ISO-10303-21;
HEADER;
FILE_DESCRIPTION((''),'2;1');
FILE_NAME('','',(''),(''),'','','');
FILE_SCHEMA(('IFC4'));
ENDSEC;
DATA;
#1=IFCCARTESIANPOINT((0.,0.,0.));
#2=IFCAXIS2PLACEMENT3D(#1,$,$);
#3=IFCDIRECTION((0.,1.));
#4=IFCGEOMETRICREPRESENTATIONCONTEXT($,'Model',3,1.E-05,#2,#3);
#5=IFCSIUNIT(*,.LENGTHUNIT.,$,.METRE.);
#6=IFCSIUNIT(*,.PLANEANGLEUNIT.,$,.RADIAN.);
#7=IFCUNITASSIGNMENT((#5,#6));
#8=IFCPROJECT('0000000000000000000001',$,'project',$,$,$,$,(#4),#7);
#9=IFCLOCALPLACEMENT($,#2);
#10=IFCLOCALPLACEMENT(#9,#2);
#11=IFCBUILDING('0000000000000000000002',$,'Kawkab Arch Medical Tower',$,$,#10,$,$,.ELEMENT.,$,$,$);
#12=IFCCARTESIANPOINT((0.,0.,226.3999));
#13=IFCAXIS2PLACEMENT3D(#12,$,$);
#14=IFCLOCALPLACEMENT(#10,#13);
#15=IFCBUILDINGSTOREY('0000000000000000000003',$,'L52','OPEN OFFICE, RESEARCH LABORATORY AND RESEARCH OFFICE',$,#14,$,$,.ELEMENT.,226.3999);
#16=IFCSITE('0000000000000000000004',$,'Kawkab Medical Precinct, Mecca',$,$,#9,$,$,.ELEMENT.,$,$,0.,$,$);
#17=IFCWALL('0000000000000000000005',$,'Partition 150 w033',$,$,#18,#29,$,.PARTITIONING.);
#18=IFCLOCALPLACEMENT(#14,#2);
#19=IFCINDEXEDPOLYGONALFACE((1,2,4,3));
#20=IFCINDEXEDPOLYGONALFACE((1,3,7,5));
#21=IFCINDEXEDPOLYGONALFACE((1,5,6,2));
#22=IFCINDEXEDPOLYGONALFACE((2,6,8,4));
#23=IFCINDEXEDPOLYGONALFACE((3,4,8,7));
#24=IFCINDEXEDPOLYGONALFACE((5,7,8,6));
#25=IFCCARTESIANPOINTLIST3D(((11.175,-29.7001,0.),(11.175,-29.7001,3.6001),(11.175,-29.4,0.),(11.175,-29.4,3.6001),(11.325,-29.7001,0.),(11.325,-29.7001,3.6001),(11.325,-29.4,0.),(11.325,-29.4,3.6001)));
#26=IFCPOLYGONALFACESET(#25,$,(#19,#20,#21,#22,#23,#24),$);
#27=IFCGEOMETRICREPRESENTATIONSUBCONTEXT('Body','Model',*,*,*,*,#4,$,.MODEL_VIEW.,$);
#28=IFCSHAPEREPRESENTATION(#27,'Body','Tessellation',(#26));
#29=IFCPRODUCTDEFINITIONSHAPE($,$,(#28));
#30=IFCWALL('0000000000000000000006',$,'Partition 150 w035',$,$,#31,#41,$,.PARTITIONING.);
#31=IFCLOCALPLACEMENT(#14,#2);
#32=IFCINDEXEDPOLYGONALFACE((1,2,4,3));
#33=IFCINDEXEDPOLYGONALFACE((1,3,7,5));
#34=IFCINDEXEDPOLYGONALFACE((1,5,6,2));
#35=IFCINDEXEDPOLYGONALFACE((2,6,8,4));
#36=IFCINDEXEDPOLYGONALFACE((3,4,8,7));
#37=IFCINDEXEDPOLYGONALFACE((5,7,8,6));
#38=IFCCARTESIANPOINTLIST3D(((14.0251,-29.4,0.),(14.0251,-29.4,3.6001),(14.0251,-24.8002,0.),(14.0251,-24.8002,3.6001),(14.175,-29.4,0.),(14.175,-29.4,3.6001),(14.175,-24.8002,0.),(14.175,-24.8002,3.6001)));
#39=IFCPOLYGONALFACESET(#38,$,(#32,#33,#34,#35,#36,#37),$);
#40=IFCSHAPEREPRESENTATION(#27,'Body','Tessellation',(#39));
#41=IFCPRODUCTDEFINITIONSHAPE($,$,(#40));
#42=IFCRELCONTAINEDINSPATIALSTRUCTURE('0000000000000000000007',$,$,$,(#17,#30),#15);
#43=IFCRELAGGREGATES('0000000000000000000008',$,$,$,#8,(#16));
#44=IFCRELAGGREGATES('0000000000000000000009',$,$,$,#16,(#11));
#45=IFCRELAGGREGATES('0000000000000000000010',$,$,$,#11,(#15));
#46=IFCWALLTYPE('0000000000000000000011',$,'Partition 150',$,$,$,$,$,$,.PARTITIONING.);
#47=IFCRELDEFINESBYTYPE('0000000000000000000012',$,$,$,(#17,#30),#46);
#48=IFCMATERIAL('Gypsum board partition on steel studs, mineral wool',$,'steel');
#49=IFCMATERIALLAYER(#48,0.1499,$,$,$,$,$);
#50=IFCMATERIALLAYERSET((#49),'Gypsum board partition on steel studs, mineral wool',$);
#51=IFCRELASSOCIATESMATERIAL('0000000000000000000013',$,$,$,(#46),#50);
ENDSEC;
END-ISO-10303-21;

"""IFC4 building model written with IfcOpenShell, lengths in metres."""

from ifc_helpers import new_model, si_unit, direction, frame, frame_2d, origin, place, context, subcontext, project, spatial, rectangle, extrude, material, layer, layer_set, type_object, element, save


model = new_model("IFC4")

# Units and contexts
model_context = context("Model", 3, precision=1e-05, world=origin(), true_north=direction((0.0, 1.0)))
body_context = subcontext(model_context, "Body", "Model", "MODEL_VIEW")
ifc_project = project(units=[si_unit("LENGTHUNIT", "METRE"), si_unit("PLANEANGLEUNIT", "RADIAN")], contexts=[model_context])

# Site, building, storey
site_placement = place(None, origin())
site = spatial("IfcSite", under=ifc_project, at=site_placement, Name="Kawkab Medical Precinct, Mecca", CompositionType="ELEMENT", RefElevation=0.0)
building_placement = place(site_placement, origin())
building = spatial("IfcBuilding", under=site, at=building_placement, Name="Kawkab Arch Medical Tower", CompositionType="ELEMENT")
storey_placement = place(building_placement, frame((0.0, 0.0, 226.3999)))
storey = spatial("IfcBuildingStorey", under=building, at=storey_placement, Name="L52", Description="OPEN OFFICE, RESEARCH LABORATORY AND RESEARCH OFFICE", CompositionType="ELEMENT", Elevation=226.3999)

# Shared definitions
ifc_material_1 = material(Name="Gypsum board partition on steel studs, mineral wool", Category="steel")
ifc_layer_1 = layer(ifc_material_1, 0.1499)
ifc_layer_set_1 = layer_set([ifc_layer_1], Name="Gypsum board partition on steel studs, mineral wool")
wall_type_1 = type_object("IfcWallType", Name="Partition 150", PredefinedType="PARTITIONING", material=ifc_layer_set_1)

# Walls
wall_1_placement = place(storey_placement, frame((11.25, -29.7, 0.0), z_axis=(0.0, 0.0, 1.0), x_axis=(0.0, 1.0, 0.0)))
element("IfcWall", 1, at=wall_1_placement, inside=storey, type_object=wall_type_1, Name="Partition 150 w033", PredefinedType="PARTITIONING", context=body_context, shape_type="SweptSolid", body=[
    extrude(rectangle(XDim=0.3, YDim=0.1499, at=frame_2d((0.1499, 0.0))), origin(), (0.0, 0.0, 1.0), 3.6001),
])
wall_2_placement = place(storey_placement, frame((14.1001, -29.3999, 0.0), z_axis=(0.0, 0.0, 1.0), x_axis=(0.0, 1.0, 0.0)))
element("IfcWall", 2, at=wall_2_placement, inside=storey, type_object=wall_type_1, Name="Partition 150 w035", PredefinedType="PARTITIONING", context=body_context, shape_type="SweptSolid", body=[
    extrude(rectangle(XDim=4.5999, YDim=0.1499, at=frame_2d((2.2998, 0.0))), origin(), (0.0, 0.0, 1.0), 3.6001),
])

save(model, "model.ifc")
